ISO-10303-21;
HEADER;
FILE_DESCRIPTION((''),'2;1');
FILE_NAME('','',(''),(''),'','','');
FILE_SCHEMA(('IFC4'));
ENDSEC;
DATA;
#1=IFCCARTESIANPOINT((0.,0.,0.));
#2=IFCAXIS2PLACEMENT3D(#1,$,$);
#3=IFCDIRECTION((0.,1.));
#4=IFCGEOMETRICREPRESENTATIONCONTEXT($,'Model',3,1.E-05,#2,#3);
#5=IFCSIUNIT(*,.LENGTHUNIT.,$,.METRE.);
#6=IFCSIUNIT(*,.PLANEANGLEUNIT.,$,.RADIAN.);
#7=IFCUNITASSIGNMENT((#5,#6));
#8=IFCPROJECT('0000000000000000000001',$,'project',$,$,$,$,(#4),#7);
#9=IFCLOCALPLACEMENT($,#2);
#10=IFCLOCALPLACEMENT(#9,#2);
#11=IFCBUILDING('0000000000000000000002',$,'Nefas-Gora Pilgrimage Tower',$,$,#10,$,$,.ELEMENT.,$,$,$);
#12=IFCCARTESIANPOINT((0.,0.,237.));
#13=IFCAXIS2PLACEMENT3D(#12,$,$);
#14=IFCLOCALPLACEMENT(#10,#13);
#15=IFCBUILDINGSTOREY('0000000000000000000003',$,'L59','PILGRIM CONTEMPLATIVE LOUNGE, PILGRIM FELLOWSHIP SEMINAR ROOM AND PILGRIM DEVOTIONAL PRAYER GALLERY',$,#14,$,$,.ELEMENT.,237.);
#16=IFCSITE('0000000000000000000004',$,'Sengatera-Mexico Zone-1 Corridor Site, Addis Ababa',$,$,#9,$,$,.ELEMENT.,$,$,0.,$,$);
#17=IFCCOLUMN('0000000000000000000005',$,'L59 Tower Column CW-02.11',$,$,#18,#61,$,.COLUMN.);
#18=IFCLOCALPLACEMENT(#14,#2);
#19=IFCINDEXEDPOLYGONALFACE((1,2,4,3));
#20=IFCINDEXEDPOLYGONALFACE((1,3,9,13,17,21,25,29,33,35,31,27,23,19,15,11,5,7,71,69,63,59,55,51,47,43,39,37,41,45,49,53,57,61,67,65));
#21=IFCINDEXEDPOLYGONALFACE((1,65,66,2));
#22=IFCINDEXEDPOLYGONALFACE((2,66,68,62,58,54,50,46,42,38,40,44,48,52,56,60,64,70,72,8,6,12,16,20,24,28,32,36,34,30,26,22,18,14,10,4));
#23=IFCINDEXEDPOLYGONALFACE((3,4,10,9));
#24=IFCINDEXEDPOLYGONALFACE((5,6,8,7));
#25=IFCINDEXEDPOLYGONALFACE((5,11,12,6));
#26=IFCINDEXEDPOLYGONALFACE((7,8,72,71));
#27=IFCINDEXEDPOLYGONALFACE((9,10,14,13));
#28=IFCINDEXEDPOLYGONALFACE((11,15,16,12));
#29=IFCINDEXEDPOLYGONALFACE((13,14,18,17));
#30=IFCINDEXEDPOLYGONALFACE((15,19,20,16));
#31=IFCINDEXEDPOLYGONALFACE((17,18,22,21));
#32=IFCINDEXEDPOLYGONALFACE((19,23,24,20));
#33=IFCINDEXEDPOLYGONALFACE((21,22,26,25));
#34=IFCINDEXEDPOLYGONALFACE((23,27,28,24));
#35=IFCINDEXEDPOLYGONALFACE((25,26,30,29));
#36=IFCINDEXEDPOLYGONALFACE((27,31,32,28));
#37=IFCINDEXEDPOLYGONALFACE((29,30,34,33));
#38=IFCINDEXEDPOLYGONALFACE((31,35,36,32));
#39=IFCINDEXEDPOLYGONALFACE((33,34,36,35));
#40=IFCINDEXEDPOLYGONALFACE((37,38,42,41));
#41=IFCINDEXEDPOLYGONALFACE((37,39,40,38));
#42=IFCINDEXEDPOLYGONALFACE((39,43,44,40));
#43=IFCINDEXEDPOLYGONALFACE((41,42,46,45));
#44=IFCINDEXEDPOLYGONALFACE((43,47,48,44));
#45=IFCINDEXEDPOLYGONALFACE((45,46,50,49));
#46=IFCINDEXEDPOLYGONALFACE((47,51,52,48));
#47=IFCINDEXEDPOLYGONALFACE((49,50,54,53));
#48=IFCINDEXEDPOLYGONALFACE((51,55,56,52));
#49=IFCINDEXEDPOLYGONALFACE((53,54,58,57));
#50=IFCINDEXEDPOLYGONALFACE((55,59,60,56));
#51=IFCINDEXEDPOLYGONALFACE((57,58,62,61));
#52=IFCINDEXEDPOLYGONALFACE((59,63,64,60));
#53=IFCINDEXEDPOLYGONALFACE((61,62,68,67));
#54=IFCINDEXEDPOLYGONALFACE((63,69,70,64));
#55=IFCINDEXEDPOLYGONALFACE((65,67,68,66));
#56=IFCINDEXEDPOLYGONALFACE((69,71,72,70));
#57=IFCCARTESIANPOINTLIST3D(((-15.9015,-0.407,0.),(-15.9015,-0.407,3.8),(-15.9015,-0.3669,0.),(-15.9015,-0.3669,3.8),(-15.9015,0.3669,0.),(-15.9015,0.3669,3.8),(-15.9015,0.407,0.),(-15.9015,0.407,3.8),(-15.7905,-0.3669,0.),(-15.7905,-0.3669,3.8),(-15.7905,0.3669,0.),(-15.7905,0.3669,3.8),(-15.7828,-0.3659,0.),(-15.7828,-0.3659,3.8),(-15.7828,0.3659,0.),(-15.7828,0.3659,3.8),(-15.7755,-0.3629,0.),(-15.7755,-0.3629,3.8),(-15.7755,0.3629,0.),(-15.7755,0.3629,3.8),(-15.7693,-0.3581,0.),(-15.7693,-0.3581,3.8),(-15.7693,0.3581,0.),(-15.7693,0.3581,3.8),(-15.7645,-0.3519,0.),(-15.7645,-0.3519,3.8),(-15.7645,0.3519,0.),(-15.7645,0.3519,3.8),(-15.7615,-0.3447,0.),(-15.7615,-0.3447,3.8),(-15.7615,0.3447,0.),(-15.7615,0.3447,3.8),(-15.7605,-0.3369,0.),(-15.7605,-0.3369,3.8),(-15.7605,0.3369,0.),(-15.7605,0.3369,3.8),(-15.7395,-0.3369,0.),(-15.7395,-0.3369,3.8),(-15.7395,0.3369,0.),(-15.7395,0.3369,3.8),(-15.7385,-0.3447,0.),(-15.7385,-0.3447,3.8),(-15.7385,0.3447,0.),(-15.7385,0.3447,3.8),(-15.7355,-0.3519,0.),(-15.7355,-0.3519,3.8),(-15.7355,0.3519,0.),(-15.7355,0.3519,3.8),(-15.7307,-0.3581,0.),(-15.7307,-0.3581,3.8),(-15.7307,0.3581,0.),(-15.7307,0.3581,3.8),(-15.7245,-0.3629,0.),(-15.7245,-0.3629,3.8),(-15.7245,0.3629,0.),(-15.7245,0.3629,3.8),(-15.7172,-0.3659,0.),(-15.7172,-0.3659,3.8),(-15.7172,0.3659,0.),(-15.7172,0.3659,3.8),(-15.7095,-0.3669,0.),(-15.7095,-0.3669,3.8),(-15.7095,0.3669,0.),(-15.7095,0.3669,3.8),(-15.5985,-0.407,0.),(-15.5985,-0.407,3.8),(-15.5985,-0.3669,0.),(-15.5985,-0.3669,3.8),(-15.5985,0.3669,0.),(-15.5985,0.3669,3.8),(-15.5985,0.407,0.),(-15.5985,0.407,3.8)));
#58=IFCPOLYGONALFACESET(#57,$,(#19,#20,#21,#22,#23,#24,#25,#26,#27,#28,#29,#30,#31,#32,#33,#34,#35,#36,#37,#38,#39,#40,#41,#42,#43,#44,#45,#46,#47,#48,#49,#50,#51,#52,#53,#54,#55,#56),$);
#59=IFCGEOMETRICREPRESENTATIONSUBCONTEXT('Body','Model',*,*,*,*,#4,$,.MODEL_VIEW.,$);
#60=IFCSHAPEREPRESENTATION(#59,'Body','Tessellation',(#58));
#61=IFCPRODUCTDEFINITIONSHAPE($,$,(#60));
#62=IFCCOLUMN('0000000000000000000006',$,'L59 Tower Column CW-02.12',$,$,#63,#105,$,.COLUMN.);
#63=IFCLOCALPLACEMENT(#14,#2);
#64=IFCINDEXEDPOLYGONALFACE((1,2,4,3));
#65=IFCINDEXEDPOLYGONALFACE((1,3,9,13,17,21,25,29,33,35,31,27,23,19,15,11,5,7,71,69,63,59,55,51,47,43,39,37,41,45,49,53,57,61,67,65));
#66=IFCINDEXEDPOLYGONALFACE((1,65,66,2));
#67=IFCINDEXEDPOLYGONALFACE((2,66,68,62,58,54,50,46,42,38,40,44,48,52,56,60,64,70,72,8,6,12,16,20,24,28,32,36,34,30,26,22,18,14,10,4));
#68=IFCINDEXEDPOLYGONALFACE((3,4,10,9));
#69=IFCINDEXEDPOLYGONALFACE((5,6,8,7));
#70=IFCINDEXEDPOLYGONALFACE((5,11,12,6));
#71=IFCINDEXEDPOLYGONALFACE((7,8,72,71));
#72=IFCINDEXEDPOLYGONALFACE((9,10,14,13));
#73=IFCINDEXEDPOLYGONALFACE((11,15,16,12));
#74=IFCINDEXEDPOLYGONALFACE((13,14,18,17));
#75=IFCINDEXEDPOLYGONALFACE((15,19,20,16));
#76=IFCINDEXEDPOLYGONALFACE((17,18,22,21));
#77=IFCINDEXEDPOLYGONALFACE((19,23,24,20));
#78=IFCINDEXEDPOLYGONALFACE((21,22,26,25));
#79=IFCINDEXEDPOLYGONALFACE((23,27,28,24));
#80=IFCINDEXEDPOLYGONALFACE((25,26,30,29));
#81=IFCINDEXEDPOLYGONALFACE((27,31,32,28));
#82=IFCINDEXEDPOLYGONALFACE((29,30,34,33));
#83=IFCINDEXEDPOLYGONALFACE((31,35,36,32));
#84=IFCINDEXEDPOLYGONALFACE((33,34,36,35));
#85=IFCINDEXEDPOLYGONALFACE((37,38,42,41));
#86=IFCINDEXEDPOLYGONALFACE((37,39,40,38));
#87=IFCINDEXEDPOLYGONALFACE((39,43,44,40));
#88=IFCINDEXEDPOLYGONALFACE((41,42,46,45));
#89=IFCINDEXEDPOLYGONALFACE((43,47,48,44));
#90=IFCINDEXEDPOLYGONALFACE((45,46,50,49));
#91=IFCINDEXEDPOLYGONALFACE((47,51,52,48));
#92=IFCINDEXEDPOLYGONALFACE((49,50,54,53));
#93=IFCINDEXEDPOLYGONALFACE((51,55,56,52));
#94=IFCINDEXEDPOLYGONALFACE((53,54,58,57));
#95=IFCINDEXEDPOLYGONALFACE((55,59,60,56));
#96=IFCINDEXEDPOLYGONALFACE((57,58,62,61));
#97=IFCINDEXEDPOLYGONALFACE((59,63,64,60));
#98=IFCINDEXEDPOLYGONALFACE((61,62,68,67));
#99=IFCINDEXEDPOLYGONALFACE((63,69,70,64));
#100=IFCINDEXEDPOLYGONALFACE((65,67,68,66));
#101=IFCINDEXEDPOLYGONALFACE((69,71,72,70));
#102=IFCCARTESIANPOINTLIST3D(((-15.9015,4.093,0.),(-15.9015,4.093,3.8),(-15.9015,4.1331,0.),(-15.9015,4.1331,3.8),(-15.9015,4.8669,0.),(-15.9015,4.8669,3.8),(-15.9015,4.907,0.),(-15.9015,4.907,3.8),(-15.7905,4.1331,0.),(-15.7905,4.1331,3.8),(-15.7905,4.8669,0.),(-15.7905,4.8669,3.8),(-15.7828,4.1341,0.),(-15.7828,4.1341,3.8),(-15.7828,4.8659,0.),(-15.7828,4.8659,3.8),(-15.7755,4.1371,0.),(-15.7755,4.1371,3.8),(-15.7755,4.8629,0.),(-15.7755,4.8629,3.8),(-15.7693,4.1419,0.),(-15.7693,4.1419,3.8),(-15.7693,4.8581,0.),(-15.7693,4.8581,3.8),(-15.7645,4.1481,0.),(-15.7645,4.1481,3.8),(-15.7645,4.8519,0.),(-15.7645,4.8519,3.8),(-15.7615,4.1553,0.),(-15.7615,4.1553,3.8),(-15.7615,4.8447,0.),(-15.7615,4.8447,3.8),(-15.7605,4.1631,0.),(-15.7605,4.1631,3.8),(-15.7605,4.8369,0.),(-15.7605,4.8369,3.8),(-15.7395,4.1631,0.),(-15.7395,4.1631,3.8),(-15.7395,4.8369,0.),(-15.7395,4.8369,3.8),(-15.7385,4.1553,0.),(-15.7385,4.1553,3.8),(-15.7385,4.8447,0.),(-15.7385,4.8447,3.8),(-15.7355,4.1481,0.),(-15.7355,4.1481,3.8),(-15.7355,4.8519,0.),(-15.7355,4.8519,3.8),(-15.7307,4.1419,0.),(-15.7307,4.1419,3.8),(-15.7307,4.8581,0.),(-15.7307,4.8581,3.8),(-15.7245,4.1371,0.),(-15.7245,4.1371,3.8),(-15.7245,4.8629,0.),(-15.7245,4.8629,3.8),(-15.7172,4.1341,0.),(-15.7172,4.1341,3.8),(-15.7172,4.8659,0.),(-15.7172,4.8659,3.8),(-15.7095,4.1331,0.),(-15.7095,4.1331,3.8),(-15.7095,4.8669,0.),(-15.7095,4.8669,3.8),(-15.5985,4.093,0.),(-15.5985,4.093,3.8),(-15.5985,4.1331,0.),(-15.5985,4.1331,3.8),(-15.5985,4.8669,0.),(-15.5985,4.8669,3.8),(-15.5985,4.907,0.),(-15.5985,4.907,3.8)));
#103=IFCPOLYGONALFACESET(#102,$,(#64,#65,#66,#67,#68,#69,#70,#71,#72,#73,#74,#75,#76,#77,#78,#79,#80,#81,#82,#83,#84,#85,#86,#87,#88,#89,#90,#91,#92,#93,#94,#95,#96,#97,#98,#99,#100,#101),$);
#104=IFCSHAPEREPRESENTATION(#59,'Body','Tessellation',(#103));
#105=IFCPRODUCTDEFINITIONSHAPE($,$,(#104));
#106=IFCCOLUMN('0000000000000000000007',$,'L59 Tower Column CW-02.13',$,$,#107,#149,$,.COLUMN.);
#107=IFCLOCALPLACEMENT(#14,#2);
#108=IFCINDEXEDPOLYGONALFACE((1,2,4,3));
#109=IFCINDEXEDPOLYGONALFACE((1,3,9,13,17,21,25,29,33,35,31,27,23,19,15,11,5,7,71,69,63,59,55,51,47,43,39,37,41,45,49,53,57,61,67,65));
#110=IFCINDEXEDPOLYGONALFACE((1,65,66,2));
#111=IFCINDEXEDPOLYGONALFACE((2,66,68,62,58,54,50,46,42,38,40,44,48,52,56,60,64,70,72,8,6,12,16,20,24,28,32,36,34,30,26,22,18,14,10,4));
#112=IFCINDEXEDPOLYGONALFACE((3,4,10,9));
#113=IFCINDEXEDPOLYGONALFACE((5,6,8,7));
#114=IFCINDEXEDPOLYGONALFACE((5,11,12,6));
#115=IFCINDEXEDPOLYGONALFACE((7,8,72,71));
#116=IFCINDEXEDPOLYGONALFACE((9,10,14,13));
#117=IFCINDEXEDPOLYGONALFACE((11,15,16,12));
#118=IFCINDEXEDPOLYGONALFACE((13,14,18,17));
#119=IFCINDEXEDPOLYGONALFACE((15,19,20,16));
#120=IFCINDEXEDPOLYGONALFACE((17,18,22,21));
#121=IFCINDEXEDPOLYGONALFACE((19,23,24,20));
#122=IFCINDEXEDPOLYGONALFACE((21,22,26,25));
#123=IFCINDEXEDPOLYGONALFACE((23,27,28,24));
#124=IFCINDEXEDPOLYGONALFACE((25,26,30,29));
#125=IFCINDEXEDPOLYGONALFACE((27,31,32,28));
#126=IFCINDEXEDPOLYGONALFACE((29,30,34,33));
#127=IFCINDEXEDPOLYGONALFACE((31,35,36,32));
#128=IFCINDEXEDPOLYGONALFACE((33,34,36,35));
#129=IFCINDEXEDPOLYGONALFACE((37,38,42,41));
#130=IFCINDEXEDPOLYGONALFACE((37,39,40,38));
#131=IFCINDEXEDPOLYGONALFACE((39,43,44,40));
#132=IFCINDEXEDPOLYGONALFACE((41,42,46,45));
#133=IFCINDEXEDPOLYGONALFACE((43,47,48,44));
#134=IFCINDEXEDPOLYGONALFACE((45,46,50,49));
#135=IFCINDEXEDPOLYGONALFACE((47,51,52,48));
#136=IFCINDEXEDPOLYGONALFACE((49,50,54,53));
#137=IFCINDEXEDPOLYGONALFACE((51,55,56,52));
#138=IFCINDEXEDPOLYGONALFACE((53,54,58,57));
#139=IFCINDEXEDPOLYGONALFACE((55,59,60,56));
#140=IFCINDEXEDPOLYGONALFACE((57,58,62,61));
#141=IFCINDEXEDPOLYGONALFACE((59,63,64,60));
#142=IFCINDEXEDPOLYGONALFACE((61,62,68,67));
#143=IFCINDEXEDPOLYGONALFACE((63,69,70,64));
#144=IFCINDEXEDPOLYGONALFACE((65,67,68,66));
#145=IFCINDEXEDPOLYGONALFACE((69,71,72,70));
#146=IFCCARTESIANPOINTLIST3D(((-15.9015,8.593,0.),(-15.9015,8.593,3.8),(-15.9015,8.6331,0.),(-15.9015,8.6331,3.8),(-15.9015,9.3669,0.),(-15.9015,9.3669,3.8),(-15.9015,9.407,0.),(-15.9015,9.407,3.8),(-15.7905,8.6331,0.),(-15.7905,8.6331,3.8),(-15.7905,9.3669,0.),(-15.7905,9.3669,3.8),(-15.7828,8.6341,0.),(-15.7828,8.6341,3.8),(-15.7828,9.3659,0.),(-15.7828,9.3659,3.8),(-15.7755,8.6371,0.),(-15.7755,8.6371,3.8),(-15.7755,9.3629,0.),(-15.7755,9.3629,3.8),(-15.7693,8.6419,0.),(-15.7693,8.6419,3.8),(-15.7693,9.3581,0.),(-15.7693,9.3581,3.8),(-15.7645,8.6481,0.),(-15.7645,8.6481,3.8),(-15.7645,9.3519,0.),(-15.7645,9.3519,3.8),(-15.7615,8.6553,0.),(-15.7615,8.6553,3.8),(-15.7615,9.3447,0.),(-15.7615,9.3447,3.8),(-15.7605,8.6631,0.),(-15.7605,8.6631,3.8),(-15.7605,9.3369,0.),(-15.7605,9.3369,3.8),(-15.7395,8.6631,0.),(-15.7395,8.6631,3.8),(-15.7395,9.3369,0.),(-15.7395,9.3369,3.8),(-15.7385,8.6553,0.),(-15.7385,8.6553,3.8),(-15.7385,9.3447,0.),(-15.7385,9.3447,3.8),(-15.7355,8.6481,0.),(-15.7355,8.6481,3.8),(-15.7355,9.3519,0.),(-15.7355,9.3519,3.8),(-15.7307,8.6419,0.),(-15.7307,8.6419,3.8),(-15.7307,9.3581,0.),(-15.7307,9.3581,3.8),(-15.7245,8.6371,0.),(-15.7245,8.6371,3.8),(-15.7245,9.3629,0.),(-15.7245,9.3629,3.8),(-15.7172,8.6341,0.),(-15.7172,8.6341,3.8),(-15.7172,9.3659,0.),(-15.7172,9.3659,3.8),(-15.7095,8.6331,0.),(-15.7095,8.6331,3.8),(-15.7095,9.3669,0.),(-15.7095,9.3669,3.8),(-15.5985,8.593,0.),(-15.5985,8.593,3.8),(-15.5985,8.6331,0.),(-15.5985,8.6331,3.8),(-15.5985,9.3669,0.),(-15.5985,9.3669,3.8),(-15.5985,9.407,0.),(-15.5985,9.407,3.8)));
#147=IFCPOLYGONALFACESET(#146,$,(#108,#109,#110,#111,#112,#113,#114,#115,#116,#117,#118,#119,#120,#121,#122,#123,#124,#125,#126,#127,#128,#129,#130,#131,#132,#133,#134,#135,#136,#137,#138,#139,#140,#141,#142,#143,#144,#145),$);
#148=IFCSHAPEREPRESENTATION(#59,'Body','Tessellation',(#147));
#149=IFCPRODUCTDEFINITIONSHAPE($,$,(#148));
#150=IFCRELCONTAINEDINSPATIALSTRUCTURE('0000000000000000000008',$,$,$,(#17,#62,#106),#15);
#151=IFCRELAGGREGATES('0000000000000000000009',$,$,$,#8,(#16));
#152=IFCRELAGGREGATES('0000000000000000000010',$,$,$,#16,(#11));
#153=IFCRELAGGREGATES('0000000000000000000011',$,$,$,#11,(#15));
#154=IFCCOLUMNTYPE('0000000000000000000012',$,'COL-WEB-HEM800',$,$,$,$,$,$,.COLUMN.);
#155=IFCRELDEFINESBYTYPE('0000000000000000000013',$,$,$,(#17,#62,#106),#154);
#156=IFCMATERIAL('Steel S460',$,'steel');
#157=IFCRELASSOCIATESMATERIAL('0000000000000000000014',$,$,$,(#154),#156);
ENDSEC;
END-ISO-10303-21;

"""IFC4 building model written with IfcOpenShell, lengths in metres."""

from ifc_helpers import new_model, si_unit, direction, frame, origin, origin_2d, place, context, subcontext, project, spatial, i_section, extrude, source, transform, mapped, material, material_profile, profile_set, type_object, element, save


model = new_model("IFC4")

# Units and contexts
model_context = context("Model", 3, precision=1e-05, world=origin(), true_north=direction((0.0, 1.0)))
body_context = subcontext(model_context, "Body", "Model", "MODEL_VIEW")
ifc_project = project(units=[si_unit("LENGTHUNIT", "METRE"), si_unit("PLANEANGLEUNIT", "RADIAN")], contexts=[model_context])

# Site, building, storey
site_placement = place(None, origin())
site = spatial("IfcSite", under=ifc_project, at=site_placement, Name="Sengatera-Mexico Zone-1 Corridor Site, Addis Ababa", CompositionType="ELEMENT", RefElevation=0.0)
building_placement = place(site_placement, origin())
building = spatial("IfcBuilding", under=site, at=building_placement, Name="Nefas-Gora Pilgrimage Tower", CompositionType="ELEMENT")
storey_placement = place(building_placement, frame((0.0, 0.0, 237.0)))
storey = spatial("IfcBuildingStorey", under=building, at=storey_placement, Name="L59", Description="PILGRIM CONTEMPLATIVE LOUNGE, PILGRIM FELLOWSHIP SEMINAR ROOM AND PILGRIM DEVOTIONAL PRAYER GALLERY", CompositionType="ELEMENT", Elevation=237.0)

# Columns
ifc_material_1 = material(Name="Steel S460", Category="steel")
ifc_material_profile_1 = material_profile(ifc_material_1, i_section(OverallWidth=0.303, OverallDepth=0.814, WebThickness=0.021, FlangeThickness=0.04, FilletRadius=0.03, at=origin_2d()), Name="HEM 800")
ifc_profile_set_1 = profile_set([ifc_material_profile_1], Name="Steel S460")
column_type_1 = type_object("IfcColumnType", Name="COL-WEB-HEM800", PredefinedType="COLUMN", material=ifc_profile_set_1)
shared_shape_1 = source(origin(), body_context, "Body", "SweptSolid", [
    extrude(i_section(OverallWidth=0.303, OverallDepth=0.814, WebThickness=0.021, FlangeThickness=0.04, FilletRadius=0.03, at=origin_2d()), origin(), (0.0, 0.0, 1.0), 3.8),
])
for number, where, z_axis, x_axis, name in (
    (1, (-15.75, 0.0, 0.0), (0.0, 0.0, 1.0), (1.0, 0.0, 0.0), "L59 Tower Column CW-02.11"),
    (2, (-15.75, 4.5, 0.0), (0.0, 0.0, 1.0), (1.0, 0.0, 0.0), "L59 Tower Column CW-02.12"),
    (3, (-15.75, 9.0, 0.0), (0.0, 0.0, 1.0), (1.0, 0.0, 0.0), "L59 Tower Column CW-02.13"),
):
    element("IfcColumn", number, at=place(storey_placement, frame(where, z_axis=z_axis, x_axis=x_axis)), inside=storey, type_object=column_type_1, Name=name, PredefinedType="COLUMN", context=body_context, shape_type="MappedRepresentation", body=[
        mapped(shared_shape_1, transform((0.0, 0.0, 0.0), x_axis=(1.0, 0.0, 0.0), y_axis=(0.0, 1.0, 0.0), z_axis=(0.0, 0.0, 1.0), scale=1.0)),
    ])

save(model, "model.ifc")
